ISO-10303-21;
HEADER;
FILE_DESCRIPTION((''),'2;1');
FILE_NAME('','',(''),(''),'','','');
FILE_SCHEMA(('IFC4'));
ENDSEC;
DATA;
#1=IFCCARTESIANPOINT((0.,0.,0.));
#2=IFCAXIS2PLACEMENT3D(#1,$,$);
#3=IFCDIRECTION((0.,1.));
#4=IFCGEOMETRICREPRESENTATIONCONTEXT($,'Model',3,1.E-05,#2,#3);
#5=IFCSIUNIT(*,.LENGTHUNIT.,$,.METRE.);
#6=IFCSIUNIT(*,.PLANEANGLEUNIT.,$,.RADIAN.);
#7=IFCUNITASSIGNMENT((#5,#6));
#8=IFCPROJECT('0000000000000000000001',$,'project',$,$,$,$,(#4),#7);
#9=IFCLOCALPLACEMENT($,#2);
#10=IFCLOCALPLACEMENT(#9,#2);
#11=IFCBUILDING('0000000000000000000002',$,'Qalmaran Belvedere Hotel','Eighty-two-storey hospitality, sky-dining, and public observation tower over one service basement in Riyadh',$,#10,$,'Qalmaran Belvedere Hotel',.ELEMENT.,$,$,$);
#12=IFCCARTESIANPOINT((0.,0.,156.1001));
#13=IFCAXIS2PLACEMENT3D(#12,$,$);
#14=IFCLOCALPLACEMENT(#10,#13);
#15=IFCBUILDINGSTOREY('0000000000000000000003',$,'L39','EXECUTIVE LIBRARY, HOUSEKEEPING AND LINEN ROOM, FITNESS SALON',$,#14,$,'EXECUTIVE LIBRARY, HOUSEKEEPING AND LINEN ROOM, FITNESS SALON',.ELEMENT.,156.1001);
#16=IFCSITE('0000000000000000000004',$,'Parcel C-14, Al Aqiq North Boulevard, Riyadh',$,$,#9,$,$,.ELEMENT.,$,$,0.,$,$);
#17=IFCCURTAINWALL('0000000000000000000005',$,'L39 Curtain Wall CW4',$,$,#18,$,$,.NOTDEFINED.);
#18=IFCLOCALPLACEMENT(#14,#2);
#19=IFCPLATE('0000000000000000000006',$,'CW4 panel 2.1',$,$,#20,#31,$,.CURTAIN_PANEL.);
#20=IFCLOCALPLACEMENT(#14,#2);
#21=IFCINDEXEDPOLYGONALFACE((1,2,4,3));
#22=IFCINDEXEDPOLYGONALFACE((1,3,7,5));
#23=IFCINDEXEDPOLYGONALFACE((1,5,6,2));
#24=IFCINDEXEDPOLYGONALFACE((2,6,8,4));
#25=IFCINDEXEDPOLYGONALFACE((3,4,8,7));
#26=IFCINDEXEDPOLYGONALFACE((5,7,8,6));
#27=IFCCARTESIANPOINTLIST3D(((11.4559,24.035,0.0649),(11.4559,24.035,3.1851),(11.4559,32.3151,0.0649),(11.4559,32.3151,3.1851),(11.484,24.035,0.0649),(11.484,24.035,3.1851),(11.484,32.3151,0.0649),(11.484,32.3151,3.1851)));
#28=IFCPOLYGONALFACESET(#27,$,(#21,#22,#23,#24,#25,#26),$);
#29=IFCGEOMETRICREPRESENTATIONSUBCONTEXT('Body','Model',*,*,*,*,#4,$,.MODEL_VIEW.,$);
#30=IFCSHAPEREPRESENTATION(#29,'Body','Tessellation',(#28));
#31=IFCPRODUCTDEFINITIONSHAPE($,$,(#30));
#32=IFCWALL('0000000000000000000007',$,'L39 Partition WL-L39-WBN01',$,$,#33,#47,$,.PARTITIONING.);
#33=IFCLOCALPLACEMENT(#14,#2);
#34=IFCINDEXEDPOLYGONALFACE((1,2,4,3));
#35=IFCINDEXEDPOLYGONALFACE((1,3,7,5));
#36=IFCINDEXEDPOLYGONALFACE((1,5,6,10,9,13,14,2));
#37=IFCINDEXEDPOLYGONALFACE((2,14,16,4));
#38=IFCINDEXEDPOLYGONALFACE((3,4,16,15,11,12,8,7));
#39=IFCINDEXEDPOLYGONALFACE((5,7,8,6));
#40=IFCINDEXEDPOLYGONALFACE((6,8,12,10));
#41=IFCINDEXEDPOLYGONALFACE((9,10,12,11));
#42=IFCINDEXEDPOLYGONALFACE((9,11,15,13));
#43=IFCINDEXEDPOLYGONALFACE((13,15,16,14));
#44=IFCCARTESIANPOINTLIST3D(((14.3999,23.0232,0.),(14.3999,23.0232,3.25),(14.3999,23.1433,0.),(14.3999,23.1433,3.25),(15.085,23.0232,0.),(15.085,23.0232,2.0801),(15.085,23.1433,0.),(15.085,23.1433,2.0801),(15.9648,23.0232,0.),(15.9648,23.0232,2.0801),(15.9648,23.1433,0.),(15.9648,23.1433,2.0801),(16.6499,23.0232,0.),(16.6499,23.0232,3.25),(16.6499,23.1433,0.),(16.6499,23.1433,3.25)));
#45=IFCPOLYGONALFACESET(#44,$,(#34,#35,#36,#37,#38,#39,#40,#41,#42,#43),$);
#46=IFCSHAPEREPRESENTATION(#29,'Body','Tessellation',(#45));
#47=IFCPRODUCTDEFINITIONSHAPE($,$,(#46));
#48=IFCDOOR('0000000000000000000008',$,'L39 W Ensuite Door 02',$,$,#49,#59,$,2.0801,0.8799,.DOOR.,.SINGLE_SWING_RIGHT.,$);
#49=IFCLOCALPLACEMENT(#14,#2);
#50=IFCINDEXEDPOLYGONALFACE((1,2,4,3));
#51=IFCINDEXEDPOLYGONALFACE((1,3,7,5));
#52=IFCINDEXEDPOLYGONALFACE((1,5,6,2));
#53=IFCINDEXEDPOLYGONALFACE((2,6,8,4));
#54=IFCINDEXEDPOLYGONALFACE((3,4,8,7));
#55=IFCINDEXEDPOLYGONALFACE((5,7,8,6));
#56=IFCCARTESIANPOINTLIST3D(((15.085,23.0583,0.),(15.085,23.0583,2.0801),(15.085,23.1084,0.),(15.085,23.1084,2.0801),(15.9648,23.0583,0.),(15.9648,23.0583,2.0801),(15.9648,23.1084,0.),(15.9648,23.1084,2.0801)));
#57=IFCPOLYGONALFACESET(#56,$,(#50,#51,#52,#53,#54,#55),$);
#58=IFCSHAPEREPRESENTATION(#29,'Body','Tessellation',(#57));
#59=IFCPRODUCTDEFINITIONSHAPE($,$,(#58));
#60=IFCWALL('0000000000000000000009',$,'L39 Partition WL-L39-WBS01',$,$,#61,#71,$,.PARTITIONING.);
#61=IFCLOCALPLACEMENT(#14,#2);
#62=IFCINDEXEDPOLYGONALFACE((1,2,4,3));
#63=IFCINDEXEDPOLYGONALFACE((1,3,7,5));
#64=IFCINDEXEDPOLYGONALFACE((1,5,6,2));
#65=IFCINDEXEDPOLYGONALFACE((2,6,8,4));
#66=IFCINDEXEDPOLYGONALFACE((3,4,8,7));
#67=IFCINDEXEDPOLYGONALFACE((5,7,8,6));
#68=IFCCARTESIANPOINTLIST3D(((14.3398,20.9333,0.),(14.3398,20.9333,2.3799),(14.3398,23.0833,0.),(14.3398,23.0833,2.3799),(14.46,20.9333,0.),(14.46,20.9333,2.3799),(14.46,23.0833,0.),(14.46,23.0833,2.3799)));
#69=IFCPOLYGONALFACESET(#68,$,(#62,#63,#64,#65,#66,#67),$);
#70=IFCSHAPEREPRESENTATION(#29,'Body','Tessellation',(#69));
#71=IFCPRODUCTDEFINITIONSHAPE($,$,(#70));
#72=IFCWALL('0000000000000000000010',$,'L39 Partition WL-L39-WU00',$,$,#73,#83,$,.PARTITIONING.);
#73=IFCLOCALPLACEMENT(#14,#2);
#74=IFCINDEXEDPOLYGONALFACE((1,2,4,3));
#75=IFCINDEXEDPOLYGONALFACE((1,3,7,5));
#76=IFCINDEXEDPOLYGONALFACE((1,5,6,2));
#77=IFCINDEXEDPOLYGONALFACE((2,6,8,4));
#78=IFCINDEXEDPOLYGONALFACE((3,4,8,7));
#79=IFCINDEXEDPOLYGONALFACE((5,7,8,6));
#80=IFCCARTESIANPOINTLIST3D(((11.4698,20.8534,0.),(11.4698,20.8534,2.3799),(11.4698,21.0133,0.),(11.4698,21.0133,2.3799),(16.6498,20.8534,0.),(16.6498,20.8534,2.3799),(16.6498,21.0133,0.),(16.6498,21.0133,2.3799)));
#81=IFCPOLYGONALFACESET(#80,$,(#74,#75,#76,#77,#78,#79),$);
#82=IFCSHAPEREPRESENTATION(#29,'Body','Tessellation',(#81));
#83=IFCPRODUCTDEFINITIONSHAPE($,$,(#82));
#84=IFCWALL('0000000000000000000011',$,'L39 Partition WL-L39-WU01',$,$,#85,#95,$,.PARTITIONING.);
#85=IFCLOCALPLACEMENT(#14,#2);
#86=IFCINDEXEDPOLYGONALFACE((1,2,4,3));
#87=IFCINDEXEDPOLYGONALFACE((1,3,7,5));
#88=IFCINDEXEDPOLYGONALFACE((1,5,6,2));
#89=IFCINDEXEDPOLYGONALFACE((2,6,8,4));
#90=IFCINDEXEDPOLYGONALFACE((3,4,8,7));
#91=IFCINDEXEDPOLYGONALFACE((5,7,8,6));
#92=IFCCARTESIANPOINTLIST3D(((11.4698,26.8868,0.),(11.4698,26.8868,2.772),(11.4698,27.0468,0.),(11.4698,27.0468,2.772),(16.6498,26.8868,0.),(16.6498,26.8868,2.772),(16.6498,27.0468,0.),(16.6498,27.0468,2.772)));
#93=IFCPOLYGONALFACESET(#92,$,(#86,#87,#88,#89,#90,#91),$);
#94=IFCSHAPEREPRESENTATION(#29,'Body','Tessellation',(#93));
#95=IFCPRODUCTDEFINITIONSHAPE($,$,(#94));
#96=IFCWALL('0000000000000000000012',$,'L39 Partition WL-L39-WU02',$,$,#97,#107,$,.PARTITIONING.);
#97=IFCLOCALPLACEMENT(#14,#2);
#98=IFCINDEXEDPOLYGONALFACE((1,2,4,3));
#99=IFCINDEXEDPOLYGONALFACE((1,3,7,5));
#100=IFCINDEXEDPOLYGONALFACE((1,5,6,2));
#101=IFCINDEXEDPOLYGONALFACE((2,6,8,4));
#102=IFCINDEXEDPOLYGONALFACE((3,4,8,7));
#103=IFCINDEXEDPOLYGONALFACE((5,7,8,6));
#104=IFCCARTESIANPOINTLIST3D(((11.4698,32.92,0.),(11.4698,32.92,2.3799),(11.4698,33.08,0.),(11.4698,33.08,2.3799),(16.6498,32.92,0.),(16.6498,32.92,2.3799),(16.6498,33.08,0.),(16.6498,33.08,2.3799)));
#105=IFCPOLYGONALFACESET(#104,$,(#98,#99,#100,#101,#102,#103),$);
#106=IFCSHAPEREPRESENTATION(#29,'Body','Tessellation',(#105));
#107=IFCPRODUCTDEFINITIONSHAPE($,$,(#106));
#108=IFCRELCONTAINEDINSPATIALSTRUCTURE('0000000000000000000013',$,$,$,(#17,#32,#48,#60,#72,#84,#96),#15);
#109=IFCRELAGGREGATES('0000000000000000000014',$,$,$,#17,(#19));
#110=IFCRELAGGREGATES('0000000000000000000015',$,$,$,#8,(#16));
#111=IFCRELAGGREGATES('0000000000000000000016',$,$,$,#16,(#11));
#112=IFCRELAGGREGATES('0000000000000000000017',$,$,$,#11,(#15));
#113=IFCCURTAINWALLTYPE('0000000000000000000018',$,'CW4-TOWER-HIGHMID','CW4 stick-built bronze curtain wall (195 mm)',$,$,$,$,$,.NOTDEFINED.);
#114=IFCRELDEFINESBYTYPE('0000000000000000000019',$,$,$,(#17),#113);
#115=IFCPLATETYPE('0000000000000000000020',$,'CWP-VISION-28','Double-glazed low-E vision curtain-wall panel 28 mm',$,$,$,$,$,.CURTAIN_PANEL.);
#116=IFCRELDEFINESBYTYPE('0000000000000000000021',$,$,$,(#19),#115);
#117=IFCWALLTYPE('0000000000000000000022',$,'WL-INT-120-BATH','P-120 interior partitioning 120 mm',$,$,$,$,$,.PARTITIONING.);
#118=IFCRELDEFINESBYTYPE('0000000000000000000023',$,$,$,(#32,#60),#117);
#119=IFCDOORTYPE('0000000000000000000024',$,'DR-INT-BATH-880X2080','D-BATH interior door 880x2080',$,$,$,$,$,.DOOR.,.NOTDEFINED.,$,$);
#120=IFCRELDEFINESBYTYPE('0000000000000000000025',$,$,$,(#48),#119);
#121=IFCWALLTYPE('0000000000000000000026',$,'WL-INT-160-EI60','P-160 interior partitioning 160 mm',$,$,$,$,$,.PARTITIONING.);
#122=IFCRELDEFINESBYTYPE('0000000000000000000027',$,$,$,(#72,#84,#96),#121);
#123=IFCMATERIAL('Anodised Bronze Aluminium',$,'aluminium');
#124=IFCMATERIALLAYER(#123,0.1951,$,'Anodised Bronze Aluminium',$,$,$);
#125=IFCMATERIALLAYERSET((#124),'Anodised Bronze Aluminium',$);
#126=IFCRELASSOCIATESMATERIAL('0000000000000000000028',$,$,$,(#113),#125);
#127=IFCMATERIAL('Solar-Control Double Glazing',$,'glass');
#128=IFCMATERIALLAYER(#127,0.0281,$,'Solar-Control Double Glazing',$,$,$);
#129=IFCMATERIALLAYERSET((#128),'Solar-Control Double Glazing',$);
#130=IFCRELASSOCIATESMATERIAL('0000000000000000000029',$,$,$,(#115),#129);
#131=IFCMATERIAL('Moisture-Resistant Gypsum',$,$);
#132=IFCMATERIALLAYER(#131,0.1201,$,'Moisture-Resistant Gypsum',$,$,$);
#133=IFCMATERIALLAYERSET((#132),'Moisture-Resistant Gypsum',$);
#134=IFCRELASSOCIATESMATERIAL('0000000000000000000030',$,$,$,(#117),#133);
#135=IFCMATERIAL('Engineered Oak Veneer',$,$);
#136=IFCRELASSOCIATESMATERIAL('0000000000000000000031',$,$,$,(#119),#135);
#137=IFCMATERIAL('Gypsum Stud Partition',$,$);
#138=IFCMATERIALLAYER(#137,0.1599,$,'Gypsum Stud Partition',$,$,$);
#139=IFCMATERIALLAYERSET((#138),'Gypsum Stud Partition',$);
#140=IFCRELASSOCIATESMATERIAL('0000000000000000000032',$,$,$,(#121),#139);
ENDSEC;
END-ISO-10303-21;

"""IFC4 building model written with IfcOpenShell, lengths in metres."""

from ifc_helpers import new_model, si_unit, direction, frame, frame_2d, origin, origin_2d, place, context, subcontext, project, spatial, rectangle, extrude, material, layer, layer_set, type_object, element, fill, aggregate, save


model = new_model("IFC4")

# Units and contexts
model_context = context("Model", 3, precision=1e-05, world=origin(), true_north=direction((0.0, 1.0)))
body_context = subcontext(model_context, "Body", "Model", "MODEL_VIEW")
ifc_project = project(units=[si_unit("LENGTHUNIT", "METRE"), si_unit("PLANEANGLEUNIT", "RADIAN")], contexts=[model_context])

# Site, building, storey
site_placement = place(None, origin())
site = spatial("IfcSite", under=ifc_project, at=site_placement, Name="Parcel C-14, Al Aqiq North Boulevard, Riyadh", CompositionType="ELEMENT", RefElevation=0.0)
building_placement = place(site_placement, origin())
building = spatial("IfcBuilding", under=site, at=building_placement, Name="Qalmaran Belvedere Hotel", Description="Eighty-two-storey hospitality, sky-dining, and public observation tower over one service basement in Riyadh", LongName="Qalmaran Belvedere Hotel", CompositionType="ELEMENT")
storey_placement = place(building_placement, frame((0.0, 0.0, 156.1001)))
storey = spatial("IfcBuildingStorey", under=building, at=storey_placement, Name="L39", Description="EXECUTIVE LIBRARY, HOUSEKEEPING AND LINEN ROOM, FITNESS SALON", LongName="EXECUTIVE LIBRARY, HOUSEKEEPING AND LINEN ROOM, FITNESS SALON", CompositionType="ELEMENT", Elevation=156.1001)

# Curtain wall, plate
ifc_material_1 = material(Name="Anodised Bronze Aluminium", Category="aluminium")
ifc_layer_1 = layer(ifc_material_1, 0.1951, Name="Anodised Bronze Aluminium")
ifc_layer_set_1 = layer_set([ifc_layer_1], Name="Anodised Bronze Aluminium")
curtain_wall_type = type_object("IfcCurtainWallType", Name="CW4-TOWER-HIGHMID", Description="CW4 stick-built bronze curtain wall (195 mm)", PredefinedType="NOTDEFINED", material=ifc_layer_set_1)
curtain_wall_placement = place(storey_placement, origin())
curtain_wall = element("IfcCurtainWall", 1, at=curtain_wall_placement, inside=storey, type_object=curtain_wall_type, Name="L39 Curtain Wall CW4", PredefinedType="NOTDEFINED")
ifc_material_2 = material(Name="Solar-Control Double Glazing", Category="glass")
ifc_layer_2 = layer(ifc_material_2, 0.0281, Name="Solar-Control Double Glazing")
ifc_layer_set_2 = layer_set([ifc_layer_2], Name="Solar-Control Double Glazing")
plate_type = type_object("IfcPlateType", Name="CWP-VISION-28", Description="Double-glazed low-E vision curtain-wall panel 28 mm", PredefinedType="CURTAIN_PANEL", material=ifc_layer_set_2)
plate_placement = place(storey_placement, frame((11.47, 28.175, 0.0649), z_axis=(0.0, 0.0, 1.0), x_axis=(0.0, -1.0, 0.0)))
plate = element("IfcPlate", 2, at=plate_placement, type_object=plate_type, Name="CW4 panel 2.1", PredefinedType="CURTAIN_PANEL", context=body_context, shape_type="SweptSolid", body=[
    extrude(rectangle(XDim=8.28, YDim=0.0281, at=origin_2d()), origin(), (0.0, 0.0, 1.0), 3.1201),
])
aggregate(curtain_wall, [plate])

# Wall, opening, door
ifc_material_3 = material(Name="Moisture-Resistant Gypsum")
ifc_layer_3 = layer(ifc_material_3, 0.1201, Name="Moisture-Resistant Gypsum")
ifc_layer_set_3 = layer_set([ifc_layer_3], Name="Moisture-Resistant Gypsum")
wall_type_1 = type_object("IfcWallType", Name="WL-INT-120-BATH", Description="P-120 interior partitioning 120 mm", PredefinedType="PARTITIONING", material=ifc_layer_set_3)
wall_1_placement = place(storey_placement, frame((14.3999, 23.0833, 0.0), z_axis=(0.0, 0.0, 1.0), x_axis=(1.0, 0.0, 0.0)))
wall_1 = element("IfcWall", 3, at=wall_1_placement, inside=storey, type_object=wall_type_1, Name="L39 Partition WL-L39-WBN01", PredefinedType="PARTITIONING", context=body_context, shape_type="SweptSolid", body=[
    extrude(rectangle(XDim=2.25, YDim=0.1201, at=frame_2d((1.125, 0.0))), origin(), (0.0, 0.0, 1.0), 3.25),
])
opening_placement = place(wall_1_placement, frame((1.5649, 0.0, 0.0), z_axis=(0.0, 0.0, 1.0), x_axis=(-1.0, 0.0, 0.0)))
opening = element("IfcOpeningElement", 4, at=opening_placement, cuts=wall_1, PredefinedType="OPENING", context=body_context, shape_type="SweptSolid", body=[
    extrude(rectangle(XDim=0.8799, YDim=2.0801, at=frame_2d((0.4399, 1.04))), frame((0.0, 0.0701, 0.0), z_axis=(0.0, -1.0, 0.0), x_axis=(1.0, 0.0, 0.0)), (0.0, 0.0, 1.0), 0.1401),
])
ifc_material_4 = material(Name="Engineered Oak Veneer")
door_type = type_object("IfcDoorType", Name="DR-INT-BATH-880X2080", Description="D-BATH interior door 880x2080", OperationType="NOTDEFINED", PredefinedType="DOOR", material=ifc_material_4)
door_placement = place(opening_placement, origin())
door = element("IfcDoor", 5, at=door_placement, inside=storey, type_object=door_type, Name="L39 W Ensuite Door 02", OperationType="SINGLE_SWING_RIGHT", OverallHeight=2.0801, OverallWidth=0.8799, PredefinedType="DOOR", context=body_context, shape_type="SweptSolid", body=[
    extrude(rectangle(XDim=0.8799, YDim=2.0801, at=frame_2d((0.4399, 1.04))), frame((0.0, 0.0249, 0.0), z_axis=(0.0, -1.0, 0.0), x_axis=(1.0, 0.0, 0.0)), (0.0, 0.0, 1.0), 0.05),
])
fill(opening, door)

# Walls
wall_2_placement = place(storey_placement, frame((14.3999, 20.9333, 0.0), z_axis=(0.0, 0.0, 1.0), x_axis=(0.0, 1.0, 0.0)))
element("IfcWall", 6, at=wall_2_placement, inside=storey, type_object=wall_type_1, Name="L39 Partition WL-L39-WBS01", PredefinedType="PARTITIONING", context=body_context, shape_type="SweptSolid", body=[
    extrude(rectangle(XDim=2.1499, YDim=0.1201, at=frame_2d((1.075, 0.0))), origin(), (0.0, 0.0, 1.0), 2.3799),
])
ifc_material_5 = material(Name="Gypsum Stud Partition")
ifc_layer_4 = layer(ifc_material_5, 0.1599, Name="Gypsum Stud Partition")
ifc_layer_set_4 = layer_set([ifc_layer_4], Name="Gypsum Stud Partition")
wall_type_2 = type_object("IfcWallType", Name="WL-INT-160-EI60", Description="P-160 interior partitioning 160 mm", PredefinedType="PARTITIONING", material=ifc_layer_set_4)
wall_3_placement = place(storey_placement, frame((11.47, 20.9333, 0.0), z_axis=(0.0, 0.0, 1.0), x_axis=(1.0, 0.0, 0.0)))
element("IfcWall", 7, at=wall_3_placement, inside=storey, type_object=wall_type_2, Name="L39 Partition WL-L39-WU00", PredefinedType="PARTITIONING", context=body_context, shape_type="SweptSolid", body=[
    extrude(rectangle(XDim=5.1799, YDim=0.1599, at=frame_2d((2.5898, 0.0))), origin(), (0.0, 0.0, 1.0), 2.3799),
])
wall_4_placement = place(storey_placement, frame((11.47, 26.9668, 0.0), z_axis=(0.0, 0.0, 1.0), x_axis=(1.0, 0.0, 0.0)))
element("IfcWall", 8, at=wall_4_placement, inside=storey, type_object=wall_type_2, Name="L39 Partition WL-L39-WU01", PredefinedType="PARTITIONING", context=body_context, shape_type="SweptSolid", body=[
    extrude(rectangle(XDim=5.1799, YDim=0.1599, at=frame_2d((2.5898, 0.0))), origin(), (0.0, 0.0, 1.0), 2.772),
])
wall_5_placement = place(storey_placement, frame((11.47, 33.0, 0.0), z_axis=(0.0, 0.0, 1.0), x_axis=(1.0, 0.0, 0.0)))
element("IfcWall", 9, at=wall_5_placement, inside=storey, type_object=wall_type_2, Name="L39 Partition WL-L39-WU02", PredefinedType="PARTITIONING", context=body_context, shape_type="SweptSolid", body=[
    extrude(rectangle(XDim=5.1799, YDim=0.1599, at=frame_2d((2.5898, 0.0))), origin(), (0.0, 0.0, 1.0), 2.3799),
])

save(model, "model.ifc")
